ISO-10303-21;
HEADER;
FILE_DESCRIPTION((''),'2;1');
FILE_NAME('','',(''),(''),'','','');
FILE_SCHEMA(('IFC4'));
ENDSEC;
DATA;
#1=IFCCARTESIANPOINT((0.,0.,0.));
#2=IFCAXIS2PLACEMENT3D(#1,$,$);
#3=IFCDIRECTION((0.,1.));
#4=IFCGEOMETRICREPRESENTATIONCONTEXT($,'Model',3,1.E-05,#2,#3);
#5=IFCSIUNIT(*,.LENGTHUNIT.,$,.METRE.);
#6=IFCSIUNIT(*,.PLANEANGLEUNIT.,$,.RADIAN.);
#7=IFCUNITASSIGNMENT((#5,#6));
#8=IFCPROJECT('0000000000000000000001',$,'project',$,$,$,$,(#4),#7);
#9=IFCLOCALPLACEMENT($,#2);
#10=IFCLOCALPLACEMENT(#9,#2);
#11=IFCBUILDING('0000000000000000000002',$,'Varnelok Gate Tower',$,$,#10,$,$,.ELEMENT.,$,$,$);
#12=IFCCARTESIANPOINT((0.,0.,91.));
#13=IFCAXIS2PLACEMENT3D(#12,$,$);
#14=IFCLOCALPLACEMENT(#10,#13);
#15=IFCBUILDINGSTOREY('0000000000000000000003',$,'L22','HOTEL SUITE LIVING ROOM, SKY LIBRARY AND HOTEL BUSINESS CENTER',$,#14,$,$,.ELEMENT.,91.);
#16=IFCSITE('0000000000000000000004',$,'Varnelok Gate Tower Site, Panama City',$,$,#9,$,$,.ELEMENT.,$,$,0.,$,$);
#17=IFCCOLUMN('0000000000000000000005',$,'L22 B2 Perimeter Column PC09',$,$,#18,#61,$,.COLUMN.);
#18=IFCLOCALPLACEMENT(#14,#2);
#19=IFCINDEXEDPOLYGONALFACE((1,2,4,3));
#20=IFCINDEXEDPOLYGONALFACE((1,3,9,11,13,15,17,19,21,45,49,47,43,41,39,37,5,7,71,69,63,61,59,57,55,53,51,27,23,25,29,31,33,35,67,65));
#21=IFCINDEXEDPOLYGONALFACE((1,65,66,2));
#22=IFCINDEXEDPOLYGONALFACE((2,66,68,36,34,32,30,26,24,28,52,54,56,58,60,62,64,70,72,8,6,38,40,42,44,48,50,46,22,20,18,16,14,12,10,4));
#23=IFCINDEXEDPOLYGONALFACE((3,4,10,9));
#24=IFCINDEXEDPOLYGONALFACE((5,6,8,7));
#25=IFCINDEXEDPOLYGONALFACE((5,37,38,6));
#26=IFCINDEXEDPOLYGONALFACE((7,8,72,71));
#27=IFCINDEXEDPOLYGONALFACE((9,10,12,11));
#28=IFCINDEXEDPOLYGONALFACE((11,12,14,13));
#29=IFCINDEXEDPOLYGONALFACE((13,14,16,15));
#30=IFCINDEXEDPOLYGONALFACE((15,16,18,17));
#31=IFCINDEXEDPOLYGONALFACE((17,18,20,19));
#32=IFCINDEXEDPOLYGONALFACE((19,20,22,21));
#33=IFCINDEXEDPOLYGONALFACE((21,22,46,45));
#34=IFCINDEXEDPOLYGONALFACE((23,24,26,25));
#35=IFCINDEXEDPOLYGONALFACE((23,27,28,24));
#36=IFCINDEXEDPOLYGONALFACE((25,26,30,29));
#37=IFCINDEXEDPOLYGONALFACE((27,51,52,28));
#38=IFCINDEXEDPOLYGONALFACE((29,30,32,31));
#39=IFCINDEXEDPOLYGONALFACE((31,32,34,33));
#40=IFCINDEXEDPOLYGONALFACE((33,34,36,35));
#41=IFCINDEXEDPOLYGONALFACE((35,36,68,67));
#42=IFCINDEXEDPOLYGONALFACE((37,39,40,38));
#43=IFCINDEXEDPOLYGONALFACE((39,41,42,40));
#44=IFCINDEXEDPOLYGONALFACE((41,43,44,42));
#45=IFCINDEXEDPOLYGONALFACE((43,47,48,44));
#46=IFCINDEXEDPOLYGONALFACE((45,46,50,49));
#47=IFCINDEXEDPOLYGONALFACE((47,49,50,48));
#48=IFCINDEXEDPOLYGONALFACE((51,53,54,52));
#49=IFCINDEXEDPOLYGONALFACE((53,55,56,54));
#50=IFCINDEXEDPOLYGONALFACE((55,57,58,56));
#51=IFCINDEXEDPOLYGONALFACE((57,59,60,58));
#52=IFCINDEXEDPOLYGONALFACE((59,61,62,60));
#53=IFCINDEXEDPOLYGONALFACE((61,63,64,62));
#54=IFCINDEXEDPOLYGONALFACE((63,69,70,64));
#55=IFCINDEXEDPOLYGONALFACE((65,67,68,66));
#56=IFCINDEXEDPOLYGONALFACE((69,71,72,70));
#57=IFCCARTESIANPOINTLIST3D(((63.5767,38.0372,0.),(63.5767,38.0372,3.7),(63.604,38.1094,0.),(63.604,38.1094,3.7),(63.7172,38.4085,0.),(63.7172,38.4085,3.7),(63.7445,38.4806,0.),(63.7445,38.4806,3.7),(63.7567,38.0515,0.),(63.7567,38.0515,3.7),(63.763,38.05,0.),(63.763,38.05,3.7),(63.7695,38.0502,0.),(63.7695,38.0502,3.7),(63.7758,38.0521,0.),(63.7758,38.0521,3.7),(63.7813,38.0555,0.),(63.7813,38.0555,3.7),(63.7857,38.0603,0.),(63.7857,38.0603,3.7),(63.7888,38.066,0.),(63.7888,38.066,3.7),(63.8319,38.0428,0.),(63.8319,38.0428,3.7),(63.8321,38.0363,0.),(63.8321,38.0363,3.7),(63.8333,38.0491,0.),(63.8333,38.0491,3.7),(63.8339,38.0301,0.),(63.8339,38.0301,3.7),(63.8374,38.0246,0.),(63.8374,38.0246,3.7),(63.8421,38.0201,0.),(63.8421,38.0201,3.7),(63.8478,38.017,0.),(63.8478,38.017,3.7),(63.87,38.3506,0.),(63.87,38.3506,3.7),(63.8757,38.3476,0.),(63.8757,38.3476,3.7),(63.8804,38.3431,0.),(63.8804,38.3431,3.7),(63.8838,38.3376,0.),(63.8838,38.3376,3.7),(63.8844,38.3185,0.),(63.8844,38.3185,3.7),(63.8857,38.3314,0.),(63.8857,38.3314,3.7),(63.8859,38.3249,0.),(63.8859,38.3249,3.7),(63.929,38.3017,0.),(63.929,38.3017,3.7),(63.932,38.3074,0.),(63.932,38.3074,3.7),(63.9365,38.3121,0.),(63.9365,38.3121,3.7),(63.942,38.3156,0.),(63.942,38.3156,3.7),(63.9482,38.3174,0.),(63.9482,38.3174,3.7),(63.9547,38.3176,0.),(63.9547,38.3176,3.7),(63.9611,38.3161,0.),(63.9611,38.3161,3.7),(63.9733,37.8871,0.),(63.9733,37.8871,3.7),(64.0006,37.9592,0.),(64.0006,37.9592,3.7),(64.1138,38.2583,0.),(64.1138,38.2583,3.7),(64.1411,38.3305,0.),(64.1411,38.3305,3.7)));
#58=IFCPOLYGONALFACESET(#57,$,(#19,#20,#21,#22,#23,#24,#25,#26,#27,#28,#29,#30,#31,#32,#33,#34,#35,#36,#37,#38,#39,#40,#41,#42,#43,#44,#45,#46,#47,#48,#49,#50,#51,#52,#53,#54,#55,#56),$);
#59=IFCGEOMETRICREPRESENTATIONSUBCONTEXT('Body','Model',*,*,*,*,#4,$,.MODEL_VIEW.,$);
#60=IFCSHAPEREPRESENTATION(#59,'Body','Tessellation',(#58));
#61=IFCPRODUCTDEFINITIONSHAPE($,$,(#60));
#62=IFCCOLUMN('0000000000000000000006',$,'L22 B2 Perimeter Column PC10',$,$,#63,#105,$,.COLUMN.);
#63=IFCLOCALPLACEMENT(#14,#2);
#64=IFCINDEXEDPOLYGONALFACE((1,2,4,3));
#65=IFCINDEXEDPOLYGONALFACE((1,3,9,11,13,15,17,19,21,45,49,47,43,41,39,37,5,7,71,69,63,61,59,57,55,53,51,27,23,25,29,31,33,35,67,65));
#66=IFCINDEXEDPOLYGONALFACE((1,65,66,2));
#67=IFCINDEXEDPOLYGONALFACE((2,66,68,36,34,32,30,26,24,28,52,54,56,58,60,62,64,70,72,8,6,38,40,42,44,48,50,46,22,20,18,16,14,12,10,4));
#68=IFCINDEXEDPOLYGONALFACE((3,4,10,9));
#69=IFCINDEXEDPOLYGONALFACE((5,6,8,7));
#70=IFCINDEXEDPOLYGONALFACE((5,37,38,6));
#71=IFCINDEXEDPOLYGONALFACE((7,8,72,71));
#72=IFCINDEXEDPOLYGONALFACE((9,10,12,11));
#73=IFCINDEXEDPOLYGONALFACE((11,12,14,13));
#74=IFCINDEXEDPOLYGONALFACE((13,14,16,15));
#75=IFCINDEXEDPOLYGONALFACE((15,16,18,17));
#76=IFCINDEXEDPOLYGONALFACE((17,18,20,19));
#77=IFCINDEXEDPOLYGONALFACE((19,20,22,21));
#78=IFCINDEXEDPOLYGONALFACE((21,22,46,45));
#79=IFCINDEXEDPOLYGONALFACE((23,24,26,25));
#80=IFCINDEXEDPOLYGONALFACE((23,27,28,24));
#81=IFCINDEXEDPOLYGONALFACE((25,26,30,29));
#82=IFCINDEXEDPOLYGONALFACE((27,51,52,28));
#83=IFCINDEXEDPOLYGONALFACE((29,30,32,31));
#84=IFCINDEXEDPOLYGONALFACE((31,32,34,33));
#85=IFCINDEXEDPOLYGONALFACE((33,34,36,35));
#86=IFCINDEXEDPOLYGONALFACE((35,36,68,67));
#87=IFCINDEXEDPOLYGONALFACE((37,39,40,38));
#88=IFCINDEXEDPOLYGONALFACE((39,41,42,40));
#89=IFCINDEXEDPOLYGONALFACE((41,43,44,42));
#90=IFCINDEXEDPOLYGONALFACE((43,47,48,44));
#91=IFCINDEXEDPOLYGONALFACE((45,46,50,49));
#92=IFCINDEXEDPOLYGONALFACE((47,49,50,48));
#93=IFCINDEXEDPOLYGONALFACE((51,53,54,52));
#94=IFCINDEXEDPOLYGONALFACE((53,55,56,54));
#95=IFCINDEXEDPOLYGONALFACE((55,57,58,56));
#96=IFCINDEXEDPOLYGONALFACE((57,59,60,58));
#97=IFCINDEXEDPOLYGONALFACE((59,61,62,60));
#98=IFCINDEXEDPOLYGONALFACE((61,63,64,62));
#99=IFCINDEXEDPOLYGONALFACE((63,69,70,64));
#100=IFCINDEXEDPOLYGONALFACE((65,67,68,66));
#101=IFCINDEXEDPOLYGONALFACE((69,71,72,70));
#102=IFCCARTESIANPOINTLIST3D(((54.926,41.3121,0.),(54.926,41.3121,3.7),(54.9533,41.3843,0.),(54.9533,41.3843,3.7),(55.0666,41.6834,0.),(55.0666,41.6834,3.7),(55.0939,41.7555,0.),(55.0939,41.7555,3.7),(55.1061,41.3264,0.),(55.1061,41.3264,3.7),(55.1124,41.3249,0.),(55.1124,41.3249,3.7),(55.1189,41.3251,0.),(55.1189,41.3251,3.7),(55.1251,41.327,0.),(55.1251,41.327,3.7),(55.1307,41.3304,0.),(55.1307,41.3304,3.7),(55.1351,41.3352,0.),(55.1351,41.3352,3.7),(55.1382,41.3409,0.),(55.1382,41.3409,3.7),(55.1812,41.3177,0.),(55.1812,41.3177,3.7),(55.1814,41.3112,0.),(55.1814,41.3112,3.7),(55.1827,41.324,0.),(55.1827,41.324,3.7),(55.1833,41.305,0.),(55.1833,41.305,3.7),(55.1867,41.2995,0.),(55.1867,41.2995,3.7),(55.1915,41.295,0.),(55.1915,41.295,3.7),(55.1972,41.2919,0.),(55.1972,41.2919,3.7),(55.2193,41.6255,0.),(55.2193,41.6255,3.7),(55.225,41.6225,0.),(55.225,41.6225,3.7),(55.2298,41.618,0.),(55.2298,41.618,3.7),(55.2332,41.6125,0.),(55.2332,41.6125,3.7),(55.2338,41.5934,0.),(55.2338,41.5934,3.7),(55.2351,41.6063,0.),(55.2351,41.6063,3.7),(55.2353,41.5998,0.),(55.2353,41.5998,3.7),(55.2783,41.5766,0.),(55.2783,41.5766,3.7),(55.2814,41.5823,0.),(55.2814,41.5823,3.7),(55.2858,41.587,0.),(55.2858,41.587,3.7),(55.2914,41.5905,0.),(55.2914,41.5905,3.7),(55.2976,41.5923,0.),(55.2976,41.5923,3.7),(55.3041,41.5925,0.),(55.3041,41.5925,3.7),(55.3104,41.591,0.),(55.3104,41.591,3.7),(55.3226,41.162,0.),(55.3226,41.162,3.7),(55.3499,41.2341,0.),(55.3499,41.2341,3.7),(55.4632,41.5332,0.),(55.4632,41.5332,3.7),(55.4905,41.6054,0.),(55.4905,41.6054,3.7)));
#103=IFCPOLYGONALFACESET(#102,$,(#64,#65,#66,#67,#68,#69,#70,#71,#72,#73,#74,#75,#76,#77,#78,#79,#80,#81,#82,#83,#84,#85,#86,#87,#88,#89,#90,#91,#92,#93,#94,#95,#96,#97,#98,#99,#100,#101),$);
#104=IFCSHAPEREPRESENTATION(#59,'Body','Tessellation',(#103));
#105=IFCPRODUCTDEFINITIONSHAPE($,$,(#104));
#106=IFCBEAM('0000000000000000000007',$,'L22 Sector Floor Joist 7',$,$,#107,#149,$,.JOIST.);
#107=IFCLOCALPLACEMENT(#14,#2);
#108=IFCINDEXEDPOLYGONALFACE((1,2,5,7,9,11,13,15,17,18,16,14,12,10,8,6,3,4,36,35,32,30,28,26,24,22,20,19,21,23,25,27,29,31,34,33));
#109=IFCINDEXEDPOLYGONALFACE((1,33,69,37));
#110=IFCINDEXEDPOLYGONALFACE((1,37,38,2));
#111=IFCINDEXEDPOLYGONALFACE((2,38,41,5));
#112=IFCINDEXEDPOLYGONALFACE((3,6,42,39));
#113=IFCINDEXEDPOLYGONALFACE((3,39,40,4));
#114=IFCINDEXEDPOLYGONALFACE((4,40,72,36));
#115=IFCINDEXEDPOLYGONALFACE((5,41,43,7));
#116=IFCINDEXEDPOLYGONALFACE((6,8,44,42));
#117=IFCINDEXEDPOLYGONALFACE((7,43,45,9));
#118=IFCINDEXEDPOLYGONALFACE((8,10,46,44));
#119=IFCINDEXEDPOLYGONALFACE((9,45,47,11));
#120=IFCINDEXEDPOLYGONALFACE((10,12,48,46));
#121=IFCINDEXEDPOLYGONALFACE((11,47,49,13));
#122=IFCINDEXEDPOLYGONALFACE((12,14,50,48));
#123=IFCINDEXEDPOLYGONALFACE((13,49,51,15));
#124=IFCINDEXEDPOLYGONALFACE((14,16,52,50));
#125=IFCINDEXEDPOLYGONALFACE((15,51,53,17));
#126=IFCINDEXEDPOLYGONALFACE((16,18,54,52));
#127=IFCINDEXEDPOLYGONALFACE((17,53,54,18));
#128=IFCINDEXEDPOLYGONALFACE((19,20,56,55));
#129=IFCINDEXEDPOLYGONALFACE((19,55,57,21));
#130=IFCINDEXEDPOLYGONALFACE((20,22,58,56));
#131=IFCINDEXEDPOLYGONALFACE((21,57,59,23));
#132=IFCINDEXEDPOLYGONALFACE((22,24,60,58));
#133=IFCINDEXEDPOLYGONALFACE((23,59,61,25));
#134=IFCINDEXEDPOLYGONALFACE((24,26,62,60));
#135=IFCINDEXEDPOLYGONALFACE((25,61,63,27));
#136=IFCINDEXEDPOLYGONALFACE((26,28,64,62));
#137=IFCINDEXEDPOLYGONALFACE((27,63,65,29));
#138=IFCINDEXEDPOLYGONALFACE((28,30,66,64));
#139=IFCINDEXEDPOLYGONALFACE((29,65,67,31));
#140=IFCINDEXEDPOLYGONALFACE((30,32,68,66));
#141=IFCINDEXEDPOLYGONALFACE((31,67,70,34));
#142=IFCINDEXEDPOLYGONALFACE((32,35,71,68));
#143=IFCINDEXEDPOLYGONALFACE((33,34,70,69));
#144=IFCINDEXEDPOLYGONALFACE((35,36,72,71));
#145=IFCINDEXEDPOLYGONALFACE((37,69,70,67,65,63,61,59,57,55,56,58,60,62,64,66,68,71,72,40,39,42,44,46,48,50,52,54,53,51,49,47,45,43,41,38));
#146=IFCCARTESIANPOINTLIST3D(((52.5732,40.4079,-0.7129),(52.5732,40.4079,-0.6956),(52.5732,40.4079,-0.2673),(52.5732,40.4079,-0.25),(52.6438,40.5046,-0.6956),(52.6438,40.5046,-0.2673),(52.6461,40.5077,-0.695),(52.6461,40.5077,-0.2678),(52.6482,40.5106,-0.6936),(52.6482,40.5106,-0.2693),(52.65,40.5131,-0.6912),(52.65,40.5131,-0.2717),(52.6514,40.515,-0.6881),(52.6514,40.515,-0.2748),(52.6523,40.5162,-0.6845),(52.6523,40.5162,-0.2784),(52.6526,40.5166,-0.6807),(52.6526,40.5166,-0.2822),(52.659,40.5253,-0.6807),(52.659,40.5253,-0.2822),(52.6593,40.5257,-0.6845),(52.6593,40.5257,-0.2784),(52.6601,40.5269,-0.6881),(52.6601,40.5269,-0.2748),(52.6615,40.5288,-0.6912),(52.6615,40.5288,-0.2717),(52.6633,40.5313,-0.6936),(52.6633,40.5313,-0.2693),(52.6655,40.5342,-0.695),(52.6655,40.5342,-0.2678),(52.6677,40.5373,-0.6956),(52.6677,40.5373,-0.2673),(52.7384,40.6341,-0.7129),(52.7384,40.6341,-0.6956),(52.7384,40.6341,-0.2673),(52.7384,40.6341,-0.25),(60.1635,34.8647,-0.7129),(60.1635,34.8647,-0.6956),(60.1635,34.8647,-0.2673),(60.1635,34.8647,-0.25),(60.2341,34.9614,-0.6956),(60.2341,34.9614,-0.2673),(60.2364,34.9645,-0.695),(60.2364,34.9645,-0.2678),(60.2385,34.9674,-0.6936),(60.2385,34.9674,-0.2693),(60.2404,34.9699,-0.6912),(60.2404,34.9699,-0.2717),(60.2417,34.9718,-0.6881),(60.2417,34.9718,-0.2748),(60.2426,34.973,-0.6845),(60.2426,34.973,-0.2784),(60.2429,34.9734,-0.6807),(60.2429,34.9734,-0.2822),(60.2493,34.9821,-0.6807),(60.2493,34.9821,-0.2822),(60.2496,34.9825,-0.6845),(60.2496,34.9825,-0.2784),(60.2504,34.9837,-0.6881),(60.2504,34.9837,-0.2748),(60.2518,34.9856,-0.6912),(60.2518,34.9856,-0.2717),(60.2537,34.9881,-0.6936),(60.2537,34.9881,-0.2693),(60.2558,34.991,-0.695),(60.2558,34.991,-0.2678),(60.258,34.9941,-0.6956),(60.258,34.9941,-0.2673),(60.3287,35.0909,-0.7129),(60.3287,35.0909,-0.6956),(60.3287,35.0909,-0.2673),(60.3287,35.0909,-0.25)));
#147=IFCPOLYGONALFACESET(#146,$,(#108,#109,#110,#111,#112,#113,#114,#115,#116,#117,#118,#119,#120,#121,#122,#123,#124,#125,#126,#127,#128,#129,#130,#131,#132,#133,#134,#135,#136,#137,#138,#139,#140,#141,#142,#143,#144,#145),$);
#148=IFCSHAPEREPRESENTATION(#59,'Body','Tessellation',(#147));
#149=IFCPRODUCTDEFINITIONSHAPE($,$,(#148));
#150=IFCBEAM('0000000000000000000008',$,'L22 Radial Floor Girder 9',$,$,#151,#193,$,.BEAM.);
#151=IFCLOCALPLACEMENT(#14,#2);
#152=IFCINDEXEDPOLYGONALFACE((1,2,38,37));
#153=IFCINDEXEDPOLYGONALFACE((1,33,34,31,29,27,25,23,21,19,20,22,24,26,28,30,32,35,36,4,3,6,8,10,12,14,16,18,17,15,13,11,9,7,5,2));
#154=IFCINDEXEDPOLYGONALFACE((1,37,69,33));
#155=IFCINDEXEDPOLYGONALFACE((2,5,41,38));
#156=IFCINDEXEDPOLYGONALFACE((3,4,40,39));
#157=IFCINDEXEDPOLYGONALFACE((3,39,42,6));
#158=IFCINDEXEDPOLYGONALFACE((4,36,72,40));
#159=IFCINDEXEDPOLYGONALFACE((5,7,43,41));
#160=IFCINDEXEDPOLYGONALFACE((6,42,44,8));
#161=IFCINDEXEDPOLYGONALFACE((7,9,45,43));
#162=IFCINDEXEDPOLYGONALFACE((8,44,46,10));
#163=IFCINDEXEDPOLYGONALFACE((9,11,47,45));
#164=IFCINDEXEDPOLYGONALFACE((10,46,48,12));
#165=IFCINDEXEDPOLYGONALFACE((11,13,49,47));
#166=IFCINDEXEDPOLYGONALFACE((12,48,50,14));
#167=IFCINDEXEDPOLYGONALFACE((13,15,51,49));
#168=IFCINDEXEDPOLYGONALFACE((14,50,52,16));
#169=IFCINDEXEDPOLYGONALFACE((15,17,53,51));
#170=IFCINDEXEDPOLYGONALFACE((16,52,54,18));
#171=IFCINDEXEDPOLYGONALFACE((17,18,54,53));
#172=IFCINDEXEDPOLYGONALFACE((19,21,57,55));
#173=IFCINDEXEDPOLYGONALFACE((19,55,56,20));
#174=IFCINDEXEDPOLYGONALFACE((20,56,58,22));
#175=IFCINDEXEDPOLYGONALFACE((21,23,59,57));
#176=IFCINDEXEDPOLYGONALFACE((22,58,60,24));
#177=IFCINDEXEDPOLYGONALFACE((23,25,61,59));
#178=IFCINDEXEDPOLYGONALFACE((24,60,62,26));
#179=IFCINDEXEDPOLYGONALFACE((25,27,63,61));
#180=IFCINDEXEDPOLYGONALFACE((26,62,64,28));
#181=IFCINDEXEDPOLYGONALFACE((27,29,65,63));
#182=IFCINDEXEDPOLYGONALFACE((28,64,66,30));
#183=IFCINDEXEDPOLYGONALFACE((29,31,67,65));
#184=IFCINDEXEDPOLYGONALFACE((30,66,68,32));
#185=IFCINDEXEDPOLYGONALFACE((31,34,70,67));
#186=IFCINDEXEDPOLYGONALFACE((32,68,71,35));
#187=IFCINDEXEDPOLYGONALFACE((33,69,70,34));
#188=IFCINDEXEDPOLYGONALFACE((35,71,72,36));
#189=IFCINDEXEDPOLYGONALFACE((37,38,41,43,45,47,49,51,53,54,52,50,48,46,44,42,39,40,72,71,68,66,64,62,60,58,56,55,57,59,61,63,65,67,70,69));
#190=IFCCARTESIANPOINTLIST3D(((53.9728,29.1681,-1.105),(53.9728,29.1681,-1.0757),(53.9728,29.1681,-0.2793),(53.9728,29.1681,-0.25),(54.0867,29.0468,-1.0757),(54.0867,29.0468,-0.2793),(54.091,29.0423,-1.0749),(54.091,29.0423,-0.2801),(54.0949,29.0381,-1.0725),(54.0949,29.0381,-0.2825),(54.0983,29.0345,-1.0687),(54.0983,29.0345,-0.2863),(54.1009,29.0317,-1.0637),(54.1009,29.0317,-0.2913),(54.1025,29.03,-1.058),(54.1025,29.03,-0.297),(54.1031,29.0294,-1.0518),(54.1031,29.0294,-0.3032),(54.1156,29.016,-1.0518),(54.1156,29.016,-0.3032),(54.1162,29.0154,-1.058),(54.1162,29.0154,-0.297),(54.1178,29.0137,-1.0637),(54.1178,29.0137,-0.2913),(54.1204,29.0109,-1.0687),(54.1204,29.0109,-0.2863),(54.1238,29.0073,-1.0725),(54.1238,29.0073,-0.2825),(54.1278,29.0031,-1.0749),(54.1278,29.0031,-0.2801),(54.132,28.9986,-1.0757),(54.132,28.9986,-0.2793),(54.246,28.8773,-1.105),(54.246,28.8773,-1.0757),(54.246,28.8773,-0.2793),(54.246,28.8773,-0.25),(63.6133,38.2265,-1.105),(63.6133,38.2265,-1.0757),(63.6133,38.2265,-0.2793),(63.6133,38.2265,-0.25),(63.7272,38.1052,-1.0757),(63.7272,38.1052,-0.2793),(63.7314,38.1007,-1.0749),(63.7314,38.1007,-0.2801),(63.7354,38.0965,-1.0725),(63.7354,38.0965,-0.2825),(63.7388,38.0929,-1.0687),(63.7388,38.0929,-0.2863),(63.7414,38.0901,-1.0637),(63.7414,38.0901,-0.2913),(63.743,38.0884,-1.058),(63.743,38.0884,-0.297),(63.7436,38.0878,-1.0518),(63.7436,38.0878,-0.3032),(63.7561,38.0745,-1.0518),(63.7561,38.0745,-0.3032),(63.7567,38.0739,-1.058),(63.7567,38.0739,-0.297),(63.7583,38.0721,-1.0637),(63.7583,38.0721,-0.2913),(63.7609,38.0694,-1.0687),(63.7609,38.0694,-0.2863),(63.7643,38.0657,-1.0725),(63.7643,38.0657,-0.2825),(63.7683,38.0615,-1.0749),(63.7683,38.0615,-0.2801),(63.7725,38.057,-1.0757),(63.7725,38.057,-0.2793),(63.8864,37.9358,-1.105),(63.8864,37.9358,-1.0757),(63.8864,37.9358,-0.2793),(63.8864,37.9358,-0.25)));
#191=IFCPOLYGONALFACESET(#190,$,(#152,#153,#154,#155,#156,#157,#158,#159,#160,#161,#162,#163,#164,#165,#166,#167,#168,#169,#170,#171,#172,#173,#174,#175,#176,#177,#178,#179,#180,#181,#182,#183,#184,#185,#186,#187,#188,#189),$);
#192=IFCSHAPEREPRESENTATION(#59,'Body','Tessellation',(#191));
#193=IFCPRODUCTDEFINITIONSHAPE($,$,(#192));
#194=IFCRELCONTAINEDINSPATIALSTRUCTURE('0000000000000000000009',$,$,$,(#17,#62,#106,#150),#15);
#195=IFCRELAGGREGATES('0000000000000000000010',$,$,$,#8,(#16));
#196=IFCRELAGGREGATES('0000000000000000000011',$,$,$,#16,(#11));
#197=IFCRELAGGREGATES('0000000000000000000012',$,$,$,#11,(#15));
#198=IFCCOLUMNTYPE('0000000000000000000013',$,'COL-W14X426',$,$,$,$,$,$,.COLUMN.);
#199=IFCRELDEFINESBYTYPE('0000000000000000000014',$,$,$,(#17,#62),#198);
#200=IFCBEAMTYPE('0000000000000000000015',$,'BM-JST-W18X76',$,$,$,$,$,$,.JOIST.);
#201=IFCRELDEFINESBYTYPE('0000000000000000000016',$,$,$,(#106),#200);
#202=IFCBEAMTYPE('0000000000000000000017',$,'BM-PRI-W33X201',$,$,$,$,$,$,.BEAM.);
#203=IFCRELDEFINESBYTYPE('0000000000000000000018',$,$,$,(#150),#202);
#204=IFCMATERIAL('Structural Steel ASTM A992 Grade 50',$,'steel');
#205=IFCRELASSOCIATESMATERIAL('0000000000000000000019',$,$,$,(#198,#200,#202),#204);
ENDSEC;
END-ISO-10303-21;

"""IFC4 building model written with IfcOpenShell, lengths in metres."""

from ifc_helpers import new_model, si_unit, direction, frame, origin, origin_2d, place, context, subcontext, project, spatial, i_section, extrude, material, material_profile, profile_set, type_object, element, save


model = new_model("IFC4")

# Units and contexts
model_context = context("Model", 3, precision=1e-05, world=origin(), true_north=direction((0.0, 1.0)))
body_context = subcontext(model_context, "Body", "Model", "MODEL_VIEW")
ifc_project = project(units=[si_unit("LENGTHUNIT", "METRE"), si_unit("PLANEANGLEUNIT", "RADIAN")], contexts=[model_context])

# Site, building, storey
site_placement = place(None, origin())
site = spatial("IfcSite", under=ifc_project, at=site_placement, Name="Varnelok Gate Tower Site, Panama City", CompositionType="ELEMENT", RefElevation=0.0)
building_placement = place(site_placement, origin())
building = spatial("IfcBuilding", under=site, at=building_placement, Name="Varnelok Gate Tower", CompositionType="ELEMENT")
storey_placement = place(building_placement, frame((0.0, 0.0, 91.0)))
storey = spatial("IfcBuildingStorey", under=building, at=storey_placement, Name="L22", Description="HOTEL SUITE LIVING ROOM, SKY LIBRARY AND HOTEL BUSINESS CENTER", CompositionType="ELEMENT", Elevation=91.0)

# Columns
ifc_material_1 = material(Name="Structural Steel ASTM A992 Grade 50", Category="steel")
ifc_material_profile_1 = material_profile(ifc_material_1, i_section(OverallWidth=0.4241, OverallDepth=0.4741, WebThickness=0.0476, FlangeThickness=0.0771, FilletRadius=0.0249, at=origin_2d()), Name="W14X426")
ifc_profile_set_1 = profile_set([ifc_material_profile_1], Name="Structural Steel ASTM A992 Grade 50")
column_type = type_object("IfcColumnType", Name="COL-W14X426", PredefinedType="COLUMN", material=ifc_profile_set_1)
for number, where, z_axis, x_axis, name in (
    (1, (63.8589, 38.1838, 0.0), (0.0, 0.0, 1.0), (0.935222, -0.354063, 0.0), "L22 B2 Perimeter Column PC09"),
    (2, (55.2083, 41.4587, 0.0), (0.0, 0.0, 1.0), (0.935222, -0.354063, 0.0), "L22 B2 Perimeter Column PC10"),
):
    element("IfcColumn", number, at=place(storey_placement, frame(where, z_axis=z_axis, x_axis=x_axis)), inside=storey, type_object=column_type, Name=name, PredefinedType="COLUMN", context=body_context, shape_type="SweptSolid", body=[
        extrude(i_section(OverallWidth=0.4241, OverallDepth=0.4741, WebThickness=0.0476, FlangeThickness=0.0771, FilletRadius=0.0249, at=origin_2d()), origin(), (0.0, 0.0, 1.0), 3.7),
    ])

# Beams
ifc_material_profile_2 = material_profile(ifc_material_1, i_section(OverallWidth=0.28, OverallDepth=0.4629, WebThickness=0.0107, FlangeThickness=0.0173, FilletRadius=0.0149, at=origin_2d()), Name="W18X76")
ifc_profile_set_2 = profile_set([ifc_material_profile_2], Name="Structural Steel ASTM A992 Grade 50")
beam_type_1 = type_object("IfcBeamType", Name="BM-JST-W18X76", PredefinedType="JOIST", material=ifc_profile_set_2)
beam_1_placement = place(storey_placement, frame((60.2461, 34.9778, -0.4814), z_axis=(-0.807572, 0.589769, 0.0), x_axis=(-0.589769, -0.807572, 0.0)))
element("IfcBeam", 3, at=beam_1_placement, inside=storey, type_object=beam_type_1, Name="L22 Sector Floor Joist 7", PredefinedType="JOIST", context=body_context, shape_type="SweptSolid", body=[
    extrude(i_section(OverallWidth=0.28, OverallDepth=0.4629, WebThickness=0.0107, FlangeThickness=0.0173, FilletRadius=0.0149, at=origin_2d()), origin(), (0.0, 0.0, 1.0), 9.3989),
])
ifc_material_profile_3 = material_profile(ifc_material_1, i_section(OverallWidth=0.3989, OverallDepth=0.855, WebThickness=0.0183, FlangeThickness=0.0293, FilletRadius=0.0239, at=origin_2d()), Name="W33X201")
ifc_profile_set_3 = profile_set([ifc_material_profile_3], Name="Structural Steel ASTM A992 Grade 50")
beam_type_2 = type_object("IfcBeamType", Name="BM-PRI-W33X201", PredefinedType="BEAM", material=ifc_profile_set_3)
beam_2_placement = place(storey_placement, frame((54.1094, 29.0227, -0.6775), z_axis=(0.728764, 0.684765, 0.0), x_axis=(-0.684765, 0.728764, 0.0)))
element("IfcBeam", 4, at=beam_2_placement, inside=storey, type_object=beam_type_2, Name="L22 Radial Floor Girder 9", PredefinedType="BEAM", context=body_context, shape_type="SweptSolid", body=[
    extrude(i_section(OverallWidth=0.3989, OverallDepth=0.855, WebThickness=0.0183, FlangeThickness=0.0293, FilletRadius=0.0239, at=origin_2d()), origin(), (0.0, 0.0, 1.0), 13.2285),
])

save(model, "model.ifc")
